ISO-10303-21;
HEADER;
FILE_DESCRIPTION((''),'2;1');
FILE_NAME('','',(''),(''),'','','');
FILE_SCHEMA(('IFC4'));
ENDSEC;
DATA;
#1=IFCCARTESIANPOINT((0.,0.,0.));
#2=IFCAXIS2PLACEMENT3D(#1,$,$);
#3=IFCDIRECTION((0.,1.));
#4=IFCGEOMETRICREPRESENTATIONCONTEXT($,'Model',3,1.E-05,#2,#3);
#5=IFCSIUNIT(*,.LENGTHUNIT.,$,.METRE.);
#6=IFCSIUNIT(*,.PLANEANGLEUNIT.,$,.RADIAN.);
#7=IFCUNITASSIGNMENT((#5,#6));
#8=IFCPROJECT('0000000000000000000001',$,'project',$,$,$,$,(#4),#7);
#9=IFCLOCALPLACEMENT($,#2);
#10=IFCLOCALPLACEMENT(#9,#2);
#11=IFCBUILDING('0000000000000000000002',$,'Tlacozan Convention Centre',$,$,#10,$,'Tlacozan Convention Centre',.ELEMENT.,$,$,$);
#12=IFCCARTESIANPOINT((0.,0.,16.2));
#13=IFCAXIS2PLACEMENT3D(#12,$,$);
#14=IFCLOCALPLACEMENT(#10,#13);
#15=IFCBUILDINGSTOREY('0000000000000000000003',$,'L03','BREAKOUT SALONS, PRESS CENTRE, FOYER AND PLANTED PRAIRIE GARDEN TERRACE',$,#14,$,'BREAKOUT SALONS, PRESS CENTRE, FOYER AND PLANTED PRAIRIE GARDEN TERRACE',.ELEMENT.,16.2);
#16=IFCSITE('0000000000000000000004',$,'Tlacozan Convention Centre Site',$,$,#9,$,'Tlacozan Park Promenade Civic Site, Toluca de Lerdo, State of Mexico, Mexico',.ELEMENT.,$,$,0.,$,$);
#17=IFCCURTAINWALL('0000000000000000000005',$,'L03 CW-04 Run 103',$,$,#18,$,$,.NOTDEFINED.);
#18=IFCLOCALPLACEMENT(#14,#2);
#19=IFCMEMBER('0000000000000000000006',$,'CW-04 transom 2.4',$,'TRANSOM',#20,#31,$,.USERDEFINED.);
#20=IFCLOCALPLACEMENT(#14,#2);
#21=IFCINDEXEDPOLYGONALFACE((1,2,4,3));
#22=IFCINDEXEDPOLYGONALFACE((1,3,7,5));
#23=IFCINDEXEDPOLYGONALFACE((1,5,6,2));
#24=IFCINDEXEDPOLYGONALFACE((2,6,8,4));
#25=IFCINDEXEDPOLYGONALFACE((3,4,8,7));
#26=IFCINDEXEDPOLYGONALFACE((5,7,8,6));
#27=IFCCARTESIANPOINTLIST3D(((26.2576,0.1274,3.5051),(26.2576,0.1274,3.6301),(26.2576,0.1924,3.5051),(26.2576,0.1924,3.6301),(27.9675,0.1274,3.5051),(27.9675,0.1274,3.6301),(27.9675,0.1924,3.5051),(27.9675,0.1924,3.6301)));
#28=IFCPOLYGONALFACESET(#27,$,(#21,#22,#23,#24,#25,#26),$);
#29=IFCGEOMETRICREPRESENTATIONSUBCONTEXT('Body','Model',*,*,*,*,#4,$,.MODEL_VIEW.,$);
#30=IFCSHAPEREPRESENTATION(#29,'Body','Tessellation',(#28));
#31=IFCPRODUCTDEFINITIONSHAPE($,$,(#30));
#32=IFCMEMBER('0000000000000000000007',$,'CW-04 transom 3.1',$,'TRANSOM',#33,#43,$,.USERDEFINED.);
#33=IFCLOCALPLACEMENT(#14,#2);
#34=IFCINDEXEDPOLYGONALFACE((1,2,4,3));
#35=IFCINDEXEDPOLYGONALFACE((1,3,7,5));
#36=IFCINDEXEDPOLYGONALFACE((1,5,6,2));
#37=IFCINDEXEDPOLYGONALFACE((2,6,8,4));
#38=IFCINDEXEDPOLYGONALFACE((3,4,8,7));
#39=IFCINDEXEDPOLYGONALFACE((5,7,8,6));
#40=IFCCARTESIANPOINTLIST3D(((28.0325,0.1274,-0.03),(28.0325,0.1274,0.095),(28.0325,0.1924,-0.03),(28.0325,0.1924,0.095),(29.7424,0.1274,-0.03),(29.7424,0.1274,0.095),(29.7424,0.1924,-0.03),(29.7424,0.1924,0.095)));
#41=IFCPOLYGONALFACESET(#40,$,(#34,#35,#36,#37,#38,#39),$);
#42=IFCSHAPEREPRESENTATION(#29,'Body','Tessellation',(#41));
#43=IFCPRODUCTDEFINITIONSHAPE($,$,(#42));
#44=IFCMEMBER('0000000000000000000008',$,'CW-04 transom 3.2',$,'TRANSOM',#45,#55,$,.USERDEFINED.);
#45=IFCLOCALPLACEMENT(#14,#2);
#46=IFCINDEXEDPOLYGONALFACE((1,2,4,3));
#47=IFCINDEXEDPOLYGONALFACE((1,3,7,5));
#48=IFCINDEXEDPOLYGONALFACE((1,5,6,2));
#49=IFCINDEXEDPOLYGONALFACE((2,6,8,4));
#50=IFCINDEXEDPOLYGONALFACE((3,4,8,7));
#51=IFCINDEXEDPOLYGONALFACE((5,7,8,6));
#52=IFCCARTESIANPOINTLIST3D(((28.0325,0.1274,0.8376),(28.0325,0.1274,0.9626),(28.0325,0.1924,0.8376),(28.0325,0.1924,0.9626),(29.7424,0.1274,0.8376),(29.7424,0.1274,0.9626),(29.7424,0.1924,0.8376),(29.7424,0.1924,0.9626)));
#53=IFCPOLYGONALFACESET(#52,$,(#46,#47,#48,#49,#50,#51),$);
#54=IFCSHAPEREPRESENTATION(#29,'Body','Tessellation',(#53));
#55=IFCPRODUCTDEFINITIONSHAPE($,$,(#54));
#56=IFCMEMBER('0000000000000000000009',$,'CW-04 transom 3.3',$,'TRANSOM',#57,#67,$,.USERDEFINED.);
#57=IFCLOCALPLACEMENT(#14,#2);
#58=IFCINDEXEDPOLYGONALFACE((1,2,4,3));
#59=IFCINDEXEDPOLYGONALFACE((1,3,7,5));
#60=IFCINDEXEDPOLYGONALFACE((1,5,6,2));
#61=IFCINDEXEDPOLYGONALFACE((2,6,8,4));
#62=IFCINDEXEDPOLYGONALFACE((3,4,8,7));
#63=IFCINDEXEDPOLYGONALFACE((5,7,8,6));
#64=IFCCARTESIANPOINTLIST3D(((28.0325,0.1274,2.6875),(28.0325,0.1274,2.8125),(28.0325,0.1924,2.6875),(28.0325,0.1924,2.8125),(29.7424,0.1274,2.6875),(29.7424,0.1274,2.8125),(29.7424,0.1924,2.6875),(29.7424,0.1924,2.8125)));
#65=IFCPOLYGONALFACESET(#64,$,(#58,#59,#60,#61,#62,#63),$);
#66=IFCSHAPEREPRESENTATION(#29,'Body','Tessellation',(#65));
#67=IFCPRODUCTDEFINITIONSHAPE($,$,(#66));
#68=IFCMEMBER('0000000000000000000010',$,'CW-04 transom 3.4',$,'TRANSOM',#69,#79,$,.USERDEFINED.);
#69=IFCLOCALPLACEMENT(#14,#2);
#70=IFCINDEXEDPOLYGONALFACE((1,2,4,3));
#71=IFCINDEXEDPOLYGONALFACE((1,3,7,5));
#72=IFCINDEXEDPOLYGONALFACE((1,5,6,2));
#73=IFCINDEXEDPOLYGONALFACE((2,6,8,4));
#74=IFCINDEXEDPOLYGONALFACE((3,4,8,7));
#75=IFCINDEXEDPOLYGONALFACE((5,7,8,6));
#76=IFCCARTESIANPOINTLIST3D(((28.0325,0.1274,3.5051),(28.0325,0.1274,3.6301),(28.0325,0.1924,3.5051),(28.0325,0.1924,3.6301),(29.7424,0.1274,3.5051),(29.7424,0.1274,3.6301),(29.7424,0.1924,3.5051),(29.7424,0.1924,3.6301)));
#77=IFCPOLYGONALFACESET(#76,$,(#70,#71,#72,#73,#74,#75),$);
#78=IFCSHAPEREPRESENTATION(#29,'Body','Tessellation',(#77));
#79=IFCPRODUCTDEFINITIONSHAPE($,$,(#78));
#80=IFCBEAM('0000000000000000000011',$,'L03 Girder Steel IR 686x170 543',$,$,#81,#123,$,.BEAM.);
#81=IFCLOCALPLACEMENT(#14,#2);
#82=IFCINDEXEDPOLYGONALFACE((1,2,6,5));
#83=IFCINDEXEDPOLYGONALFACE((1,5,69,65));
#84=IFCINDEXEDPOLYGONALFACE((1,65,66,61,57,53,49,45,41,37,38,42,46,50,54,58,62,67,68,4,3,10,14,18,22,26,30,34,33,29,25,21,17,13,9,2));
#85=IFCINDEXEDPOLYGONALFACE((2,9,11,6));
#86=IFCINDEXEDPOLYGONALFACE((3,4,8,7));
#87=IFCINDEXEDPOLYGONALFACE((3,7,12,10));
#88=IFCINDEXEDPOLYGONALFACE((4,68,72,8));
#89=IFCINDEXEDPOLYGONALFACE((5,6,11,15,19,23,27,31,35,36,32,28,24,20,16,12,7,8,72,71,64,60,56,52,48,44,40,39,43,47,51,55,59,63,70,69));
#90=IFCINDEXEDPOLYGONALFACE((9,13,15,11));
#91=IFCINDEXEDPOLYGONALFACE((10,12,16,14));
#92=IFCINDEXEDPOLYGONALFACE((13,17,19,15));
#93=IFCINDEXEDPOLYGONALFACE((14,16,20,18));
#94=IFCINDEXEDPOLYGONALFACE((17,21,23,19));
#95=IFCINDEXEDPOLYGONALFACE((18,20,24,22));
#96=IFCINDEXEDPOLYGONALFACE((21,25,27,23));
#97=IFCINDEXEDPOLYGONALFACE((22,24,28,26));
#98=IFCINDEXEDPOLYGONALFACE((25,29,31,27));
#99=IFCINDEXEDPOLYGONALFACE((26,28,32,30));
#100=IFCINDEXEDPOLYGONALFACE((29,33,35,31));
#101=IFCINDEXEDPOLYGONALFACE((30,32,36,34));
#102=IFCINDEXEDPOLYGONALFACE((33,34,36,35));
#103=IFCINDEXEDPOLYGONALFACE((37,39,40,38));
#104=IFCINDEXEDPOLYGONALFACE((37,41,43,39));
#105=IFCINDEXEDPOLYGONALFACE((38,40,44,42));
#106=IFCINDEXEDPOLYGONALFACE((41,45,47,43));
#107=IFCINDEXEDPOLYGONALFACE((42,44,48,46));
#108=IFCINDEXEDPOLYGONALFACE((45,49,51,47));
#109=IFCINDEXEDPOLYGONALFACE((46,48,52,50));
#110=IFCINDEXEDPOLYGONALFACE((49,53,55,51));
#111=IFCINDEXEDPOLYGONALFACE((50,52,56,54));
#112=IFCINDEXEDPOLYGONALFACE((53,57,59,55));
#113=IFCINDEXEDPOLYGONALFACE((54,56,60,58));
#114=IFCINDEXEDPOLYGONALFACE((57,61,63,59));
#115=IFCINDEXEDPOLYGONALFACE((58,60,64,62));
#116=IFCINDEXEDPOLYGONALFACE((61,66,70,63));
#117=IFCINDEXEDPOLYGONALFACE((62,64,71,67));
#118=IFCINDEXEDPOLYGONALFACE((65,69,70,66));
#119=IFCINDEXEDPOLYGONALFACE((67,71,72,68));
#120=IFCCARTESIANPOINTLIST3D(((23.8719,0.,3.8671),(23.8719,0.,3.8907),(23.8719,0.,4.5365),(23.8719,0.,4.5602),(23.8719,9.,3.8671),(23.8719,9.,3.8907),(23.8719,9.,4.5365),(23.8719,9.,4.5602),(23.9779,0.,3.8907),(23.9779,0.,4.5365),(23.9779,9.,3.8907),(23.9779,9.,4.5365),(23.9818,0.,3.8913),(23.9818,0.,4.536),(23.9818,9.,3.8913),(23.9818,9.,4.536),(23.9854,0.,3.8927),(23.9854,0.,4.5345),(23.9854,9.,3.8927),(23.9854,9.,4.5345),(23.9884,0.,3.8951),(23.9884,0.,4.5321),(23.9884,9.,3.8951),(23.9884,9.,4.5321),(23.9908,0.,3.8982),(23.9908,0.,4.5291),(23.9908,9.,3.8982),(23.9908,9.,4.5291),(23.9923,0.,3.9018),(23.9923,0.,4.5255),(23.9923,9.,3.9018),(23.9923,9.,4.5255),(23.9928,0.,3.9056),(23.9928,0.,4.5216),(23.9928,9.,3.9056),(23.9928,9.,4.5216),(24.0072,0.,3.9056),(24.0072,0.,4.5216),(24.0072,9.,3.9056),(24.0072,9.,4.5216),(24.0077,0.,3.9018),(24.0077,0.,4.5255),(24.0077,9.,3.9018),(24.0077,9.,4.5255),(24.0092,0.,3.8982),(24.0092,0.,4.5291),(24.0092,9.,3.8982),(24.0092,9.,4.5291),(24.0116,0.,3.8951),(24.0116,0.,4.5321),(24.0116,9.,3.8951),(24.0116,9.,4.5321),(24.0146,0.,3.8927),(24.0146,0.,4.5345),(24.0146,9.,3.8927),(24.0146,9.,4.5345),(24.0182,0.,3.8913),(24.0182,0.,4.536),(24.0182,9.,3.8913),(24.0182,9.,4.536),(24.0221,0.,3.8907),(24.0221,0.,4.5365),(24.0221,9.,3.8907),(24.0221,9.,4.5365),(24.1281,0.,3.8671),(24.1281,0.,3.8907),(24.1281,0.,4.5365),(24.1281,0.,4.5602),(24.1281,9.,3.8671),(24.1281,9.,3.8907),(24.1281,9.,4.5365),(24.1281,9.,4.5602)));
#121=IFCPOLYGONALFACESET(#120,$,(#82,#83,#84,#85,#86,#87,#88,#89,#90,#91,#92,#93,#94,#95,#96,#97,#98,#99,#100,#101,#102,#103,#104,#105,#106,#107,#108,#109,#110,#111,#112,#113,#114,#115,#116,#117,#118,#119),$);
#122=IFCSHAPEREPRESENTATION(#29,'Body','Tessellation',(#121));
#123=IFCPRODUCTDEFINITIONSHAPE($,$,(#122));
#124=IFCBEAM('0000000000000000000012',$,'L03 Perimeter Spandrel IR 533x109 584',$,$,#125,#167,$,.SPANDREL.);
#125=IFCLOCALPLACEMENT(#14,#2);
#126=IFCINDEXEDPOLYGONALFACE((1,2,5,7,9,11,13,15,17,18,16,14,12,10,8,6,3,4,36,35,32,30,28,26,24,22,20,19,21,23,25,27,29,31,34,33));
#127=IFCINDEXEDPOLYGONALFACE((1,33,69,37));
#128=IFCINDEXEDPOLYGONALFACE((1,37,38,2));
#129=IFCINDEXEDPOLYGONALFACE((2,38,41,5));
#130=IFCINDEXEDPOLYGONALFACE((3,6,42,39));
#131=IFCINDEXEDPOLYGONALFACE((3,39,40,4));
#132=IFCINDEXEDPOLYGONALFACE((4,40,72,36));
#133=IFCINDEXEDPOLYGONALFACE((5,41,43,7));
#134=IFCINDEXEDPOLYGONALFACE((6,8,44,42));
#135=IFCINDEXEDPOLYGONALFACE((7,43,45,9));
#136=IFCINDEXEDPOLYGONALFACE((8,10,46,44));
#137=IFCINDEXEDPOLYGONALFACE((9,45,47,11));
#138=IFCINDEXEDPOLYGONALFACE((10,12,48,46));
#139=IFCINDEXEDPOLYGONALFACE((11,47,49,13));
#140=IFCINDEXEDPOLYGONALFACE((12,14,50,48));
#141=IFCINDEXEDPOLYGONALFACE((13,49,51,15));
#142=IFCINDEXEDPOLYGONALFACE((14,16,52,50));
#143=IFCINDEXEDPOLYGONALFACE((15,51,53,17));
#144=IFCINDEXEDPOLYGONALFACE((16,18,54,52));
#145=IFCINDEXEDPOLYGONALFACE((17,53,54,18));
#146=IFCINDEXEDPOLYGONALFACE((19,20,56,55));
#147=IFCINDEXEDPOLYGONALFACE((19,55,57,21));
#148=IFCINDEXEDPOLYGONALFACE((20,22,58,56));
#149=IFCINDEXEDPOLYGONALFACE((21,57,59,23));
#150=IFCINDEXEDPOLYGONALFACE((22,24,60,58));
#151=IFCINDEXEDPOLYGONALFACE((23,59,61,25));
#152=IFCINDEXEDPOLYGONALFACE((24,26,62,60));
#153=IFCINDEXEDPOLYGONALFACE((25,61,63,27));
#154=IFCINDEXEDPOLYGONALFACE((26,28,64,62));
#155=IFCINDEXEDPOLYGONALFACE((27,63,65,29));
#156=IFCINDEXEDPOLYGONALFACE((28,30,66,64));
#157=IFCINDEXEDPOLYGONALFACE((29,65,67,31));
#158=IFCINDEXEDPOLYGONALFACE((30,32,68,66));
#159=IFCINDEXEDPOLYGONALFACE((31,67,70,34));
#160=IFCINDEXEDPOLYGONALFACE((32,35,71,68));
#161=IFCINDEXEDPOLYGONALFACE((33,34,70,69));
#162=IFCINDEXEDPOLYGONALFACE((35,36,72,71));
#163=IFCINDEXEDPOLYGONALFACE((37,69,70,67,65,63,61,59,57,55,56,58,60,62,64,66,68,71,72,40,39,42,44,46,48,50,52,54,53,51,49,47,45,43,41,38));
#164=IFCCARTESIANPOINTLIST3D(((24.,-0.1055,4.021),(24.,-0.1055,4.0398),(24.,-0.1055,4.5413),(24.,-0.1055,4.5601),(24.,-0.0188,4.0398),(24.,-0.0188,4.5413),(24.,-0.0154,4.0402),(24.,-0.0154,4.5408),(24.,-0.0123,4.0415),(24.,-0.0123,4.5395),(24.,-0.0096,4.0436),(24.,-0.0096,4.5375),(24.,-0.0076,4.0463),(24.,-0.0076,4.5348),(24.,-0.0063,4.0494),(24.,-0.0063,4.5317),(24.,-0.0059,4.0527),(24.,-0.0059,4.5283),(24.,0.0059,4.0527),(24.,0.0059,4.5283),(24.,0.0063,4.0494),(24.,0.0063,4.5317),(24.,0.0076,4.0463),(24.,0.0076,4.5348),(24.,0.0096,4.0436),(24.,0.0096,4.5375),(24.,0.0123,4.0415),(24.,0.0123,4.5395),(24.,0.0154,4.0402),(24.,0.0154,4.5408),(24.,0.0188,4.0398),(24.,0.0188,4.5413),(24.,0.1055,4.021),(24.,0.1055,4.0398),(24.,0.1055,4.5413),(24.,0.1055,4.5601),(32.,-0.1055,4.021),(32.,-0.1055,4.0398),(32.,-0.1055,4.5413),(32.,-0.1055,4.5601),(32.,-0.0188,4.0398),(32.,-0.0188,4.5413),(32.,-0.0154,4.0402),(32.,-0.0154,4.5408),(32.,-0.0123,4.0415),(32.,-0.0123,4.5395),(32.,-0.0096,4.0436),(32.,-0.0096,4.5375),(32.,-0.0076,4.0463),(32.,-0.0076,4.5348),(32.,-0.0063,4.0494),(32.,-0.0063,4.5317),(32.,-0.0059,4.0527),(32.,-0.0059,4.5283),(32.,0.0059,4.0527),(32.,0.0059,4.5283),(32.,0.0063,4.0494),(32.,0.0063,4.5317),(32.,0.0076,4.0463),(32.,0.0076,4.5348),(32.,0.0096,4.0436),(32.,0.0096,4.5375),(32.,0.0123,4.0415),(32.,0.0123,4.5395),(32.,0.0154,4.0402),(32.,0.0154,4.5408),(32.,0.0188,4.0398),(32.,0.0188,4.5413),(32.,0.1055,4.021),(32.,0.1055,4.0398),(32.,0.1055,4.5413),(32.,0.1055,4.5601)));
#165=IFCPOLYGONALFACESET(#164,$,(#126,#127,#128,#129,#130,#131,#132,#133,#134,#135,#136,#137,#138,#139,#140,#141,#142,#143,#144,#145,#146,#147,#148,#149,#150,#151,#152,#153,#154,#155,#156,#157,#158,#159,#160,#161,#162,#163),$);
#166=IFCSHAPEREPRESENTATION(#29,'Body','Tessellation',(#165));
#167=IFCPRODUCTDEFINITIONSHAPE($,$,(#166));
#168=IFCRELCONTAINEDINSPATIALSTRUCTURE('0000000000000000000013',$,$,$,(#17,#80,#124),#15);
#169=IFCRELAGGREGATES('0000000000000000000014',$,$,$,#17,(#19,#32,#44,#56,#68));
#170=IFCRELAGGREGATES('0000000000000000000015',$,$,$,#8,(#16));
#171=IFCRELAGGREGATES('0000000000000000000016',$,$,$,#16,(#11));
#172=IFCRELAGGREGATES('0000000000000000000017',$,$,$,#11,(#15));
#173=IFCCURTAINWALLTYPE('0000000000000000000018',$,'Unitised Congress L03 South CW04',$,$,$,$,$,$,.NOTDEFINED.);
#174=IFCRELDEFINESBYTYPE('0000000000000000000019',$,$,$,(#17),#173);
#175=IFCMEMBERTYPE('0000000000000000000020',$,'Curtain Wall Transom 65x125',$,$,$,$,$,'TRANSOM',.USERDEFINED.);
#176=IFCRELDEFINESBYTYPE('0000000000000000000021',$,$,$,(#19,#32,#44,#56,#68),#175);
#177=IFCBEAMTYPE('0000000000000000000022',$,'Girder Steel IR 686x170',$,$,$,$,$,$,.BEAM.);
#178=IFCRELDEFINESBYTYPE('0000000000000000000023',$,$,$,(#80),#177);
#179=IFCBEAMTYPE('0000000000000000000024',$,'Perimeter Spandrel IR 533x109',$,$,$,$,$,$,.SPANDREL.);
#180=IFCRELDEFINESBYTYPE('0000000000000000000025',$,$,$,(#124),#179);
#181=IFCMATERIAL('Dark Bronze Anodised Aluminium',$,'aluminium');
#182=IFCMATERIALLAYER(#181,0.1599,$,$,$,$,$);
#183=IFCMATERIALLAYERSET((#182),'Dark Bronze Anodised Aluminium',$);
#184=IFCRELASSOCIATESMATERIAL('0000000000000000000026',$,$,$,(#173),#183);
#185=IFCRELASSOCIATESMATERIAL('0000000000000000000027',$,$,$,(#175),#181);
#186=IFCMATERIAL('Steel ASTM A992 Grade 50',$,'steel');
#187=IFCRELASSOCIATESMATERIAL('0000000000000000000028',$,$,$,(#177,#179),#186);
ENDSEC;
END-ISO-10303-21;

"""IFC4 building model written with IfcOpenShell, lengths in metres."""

from ifc_helpers import new_model, si_unit, direction, frame, origin, origin_2d, place, context, subcontext, project, spatial, rectangle, i_section, extrude, material, layer, layer_set, material_profile, profile_set, type_object, element, aggregate, save


model = new_model("IFC4")

# Units and contexts
model_context = context("Model", 3, precision=1e-05, world=origin(), true_north=direction((0.0, 1.0)))
body_context = subcontext(model_context, "Body", "Model", "MODEL_VIEW")
ifc_project = project(units=[si_unit("LENGTHUNIT", "METRE"), si_unit("PLANEANGLEUNIT", "RADIAN")], contexts=[model_context])

# Site, building, storey
site_placement = place(None, origin())
site = spatial("IfcSite", under=ifc_project, at=site_placement, Name="Tlacozan Convention Centre Site", LongName="Tlacozan Park Promenade Civic Site, Toluca de Lerdo, State of Mexico, Mexico", CompositionType="ELEMENT", RefElevation=0.0)
building_placement = place(site_placement, origin())
building = spatial("IfcBuilding", under=site, at=building_placement, Name="Tlacozan Convention Centre", LongName="Tlacozan Convention Centre", CompositionType="ELEMENT")
storey_placement = place(building_placement, frame((0.0, 0.0, 16.2)))
storey = spatial("IfcBuildingStorey", under=building, at=storey_placement, Name="L03", Description="BREAKOUT SALONS, PRESS CENTRE, FOYER AND PLANTED PRAIRIE GARDEN TERRACE", LongName="BREAKOUT SALONS, PRESS CENTRE, FOYER AND PLANTED PRAIRIE GARDEN TERRACE", CompositionType="ELEMENT", Elevation=16.2)

# Curtain wall, members
ifc_material_1 = material(Name="Dark Bronze Anodised Aluminium", Category="aluminium")
ifc_layer_1 = layer(ifc_material_1, 0.1599)
ifc_layer_set_1 = layer_set([ifc_layer_1], Name="Dark Bronze Anodised Aluminium")
curtain_wall_type = type_object("IfcCurtainWallType", Name="Unitised Congress L03 South CW04", PredefinedType="NOTDEFINED", material=ifc_layer_set_1)
curtain_wall_placement = place(storey_placement, origin())
curtain_wall = element("IfcCurtainWall", 1, at=curtain_wall_placement, inside=storey, type_object=curtain_wall_type, Name="L03 CW-04 Run 103", PredefinedType="NOTDEFINED")
ifc_material_profile_1 = material_profile(ifc_material_1, rectangle(XDim=0.0649, YDim=0.125, at=origin_2d()), Name="ALU 65x125")
ifc_profile_set_1 = profile_set([ifc_material_profile_1], Name="Dark Bronze Anodised Aluminium")
member_type_1 = type_object("IfcMemberType", Name="Curtain Wall Transom 65x125", ElementType="TRANSOM", PredefinedType="USERDEFINED", material=ifc_profile_set_1)
member_1_placement = place(storey_placement, frame((26.2576, 0.1599, 3.5676), z_axis=(1.0, 0.0, 0.0), x_axis=(0.0, 1.0, 0.0)))
member_1 = element("IfcMember", 2, at=member_1_placement, type_object=member_type_1, Name="CW-04 transom 2.4", ObjectType="TRANSOM", PredefinedType="USERDEFINED", context=body_context, shape_type="SweptSolid", body=[
    extrude(rectangle(XDim=0.0649, YDim=0.125, at=origin_2d()), origin(), (0.0, 0.0, 1.0), 1.71),
])
member_2_placement = place(storey_placement, frame((28.0325, 0.1599, 0.0325), z_axis=(1.0, 0.0, 0.0), x_axis=(0.0, 1.0, 0.0)))
member_2 = element("IfcMember", 3, at=member_2_placement, type_object=member_type_1, Name="CW-04 transom 3.1", ObjectType="TRANSOM", PredefinedType="USERDEFINED", context=body_context, shape_type="SweptSolid", body=[
    extrude(rectangle(XDim=0.0649, YDim=0.125, at=origin_2d()), origin(), (0.0, 0.0, 1.0), 1.71),
])
member_3_placement = place(storey_placement, frame((28.0325, 0.1599, 0.9001), z_axis=(1.0, 0.0, 0.0), x_axis=(0.0, 1.0, 0.0)))
member_3 = element("IfcMember", 4, at=member_3_placement, type_object=member_type_1, Name="CW-04 transom 3.2", ObjectType="TRANSOM", PredefinedType="USERDEFINED", context=body_context, shape_type="SweptSolid", body=[
    extrude(rectangle(XDim=0.0649, YDim=0.125, at=origin_2d()), origin(), (0.0, 0.0, 1.0), 1.71),
])
member_4_placement = place(storey_placement, frame((28.0325, 0.1599, 2.75), z_axis=(1.0, 0.0, 0.0), x_axis=(0.0, 1.0, 0.0)))
member_4 = element("IfcMember", 5, at=member_4_placement, type_object=member_type_1, Name="CW-04 transom 3.3", ObjectType="TRANSOM", PredefinedType="USERDEFINED", context=body_context, shape_type="SweptSolid", body=[
    extrude(rectangle(XDim=0.0649, YDim=0.125, at=origin_2d()), origin(), (0.0, 0.0, 1.0), 1.71),
])
member_5_placement = place(storey_placement, frame((28.0325, 0.1599, 3.5676), z_axis=(1.0, 0.0, 0.0), x_axis=(0.0, 1.0, 0.0)))
member_5 = element("IfcMember", 6, at=member_5_placement, type_object=member_type_1, Name="CW-04 transom 3.4", ObjectType="TRANSOM", PredefinedType="USERDEFINED", context=body_context, shape_type="SweptSolid", body=[
    extrude(rectangle(XDim=0.0649, YDim=0.125, at=origin_2d()), origin(), (0.0, 0.0, 1.0), 1.71),
])

# Beams
ifc_material_2 = material(Name="Steel ASTM A992 Grade 50", Category="steel")
ifc_material_profile_2 = material_profile(ifc_material_2, i_section(OverallWidth=0.2561, OverallDepth=0.6931, WebThickness=0.0144, FlangeThickness=0.0237, FilletRadius=0.0149, at=origin_2d()), Name="IR 686x170.0")
ifc_profile_set_2 = profile_set([ifc_material_profile_2], Name="Steel ASTM A992 Grade 50")
beam_type_1 = type_object("IfcBeamType", Name="Girder Steel IR 686x170", PredefinedType="BEAM", material=ifc_profile_set_2)
beam_1_placement = place(storey_placement, frame((24.0, 0.0, 4.2136), z_axis=(0.0, 1.0, 0.0), x_axis=(-1.0, 0.0, 0.0)))
element("IfcBeam", 7, at=beam_1_placement, inside=storey, type_object=beam_type_1, Name="L03 Girder Steel IR 686x170 543", PredefinedType="BEAM", context=body_context, shape_type="SweptSolid", body=[
    extrude(i_section(OverallWidth=0.2561, OverallDepth=0.6931, WebThickness=0.0144, FlangeThickness=0.0237, FilletRadius=0.0149, at=origin_2d()), origin(), (0.0, 0.0, 1.0), 9.0),
])
ifc_material_profile_3 = material_profile(ifc_material_2, i_section(OverallWidth=0.2109, OverallDepth=0.5391, WebThickness=0.0117, FlangeThickness=0.0188, FilletRadius=0.0129, at=origin_2d()), Name="IR 533x109.0")
ifc_profile_set_3 = profile_set([ifc_material_profile_3], Name="Steel ASTM A992 Grade 50")
beam_type_2 = type_object("IfcBeamType", Name="Perimeter Spandrel IR 533x109", PredefinedType="SPANDREL", material=ifc_profile_set_3)
beam_2_placement = place(storey_placement, frame((24.0, 0.0, 4.2905), z_axis=(1.0, 0.0, 0.0), x_axis=(0.0, 1.0, 0.0)))
element("IfcBeam", 8, at=beam_2_placement, inside=storey, type_object=beam_type_2, Name="L03 Perimeter Spandrel IR 533x109 584", PredefinedType="SPANDREL", context=body_context, shape_type="SweptSolid", body=[
    extrude(i_section(OverallWidth=0.2109, OverallDepth=0.5391, WebThickness=0.0117, FlangeThickness=0.0188, FilletRadius=0.0129, at=origin_2d()), origin(), (0.0, 0.0, 1.0), 8.0),
])

aggregate(curtain_wall, [member_1, member_2, member_3, member_4, member_5])

save(model, "model.ifc")
